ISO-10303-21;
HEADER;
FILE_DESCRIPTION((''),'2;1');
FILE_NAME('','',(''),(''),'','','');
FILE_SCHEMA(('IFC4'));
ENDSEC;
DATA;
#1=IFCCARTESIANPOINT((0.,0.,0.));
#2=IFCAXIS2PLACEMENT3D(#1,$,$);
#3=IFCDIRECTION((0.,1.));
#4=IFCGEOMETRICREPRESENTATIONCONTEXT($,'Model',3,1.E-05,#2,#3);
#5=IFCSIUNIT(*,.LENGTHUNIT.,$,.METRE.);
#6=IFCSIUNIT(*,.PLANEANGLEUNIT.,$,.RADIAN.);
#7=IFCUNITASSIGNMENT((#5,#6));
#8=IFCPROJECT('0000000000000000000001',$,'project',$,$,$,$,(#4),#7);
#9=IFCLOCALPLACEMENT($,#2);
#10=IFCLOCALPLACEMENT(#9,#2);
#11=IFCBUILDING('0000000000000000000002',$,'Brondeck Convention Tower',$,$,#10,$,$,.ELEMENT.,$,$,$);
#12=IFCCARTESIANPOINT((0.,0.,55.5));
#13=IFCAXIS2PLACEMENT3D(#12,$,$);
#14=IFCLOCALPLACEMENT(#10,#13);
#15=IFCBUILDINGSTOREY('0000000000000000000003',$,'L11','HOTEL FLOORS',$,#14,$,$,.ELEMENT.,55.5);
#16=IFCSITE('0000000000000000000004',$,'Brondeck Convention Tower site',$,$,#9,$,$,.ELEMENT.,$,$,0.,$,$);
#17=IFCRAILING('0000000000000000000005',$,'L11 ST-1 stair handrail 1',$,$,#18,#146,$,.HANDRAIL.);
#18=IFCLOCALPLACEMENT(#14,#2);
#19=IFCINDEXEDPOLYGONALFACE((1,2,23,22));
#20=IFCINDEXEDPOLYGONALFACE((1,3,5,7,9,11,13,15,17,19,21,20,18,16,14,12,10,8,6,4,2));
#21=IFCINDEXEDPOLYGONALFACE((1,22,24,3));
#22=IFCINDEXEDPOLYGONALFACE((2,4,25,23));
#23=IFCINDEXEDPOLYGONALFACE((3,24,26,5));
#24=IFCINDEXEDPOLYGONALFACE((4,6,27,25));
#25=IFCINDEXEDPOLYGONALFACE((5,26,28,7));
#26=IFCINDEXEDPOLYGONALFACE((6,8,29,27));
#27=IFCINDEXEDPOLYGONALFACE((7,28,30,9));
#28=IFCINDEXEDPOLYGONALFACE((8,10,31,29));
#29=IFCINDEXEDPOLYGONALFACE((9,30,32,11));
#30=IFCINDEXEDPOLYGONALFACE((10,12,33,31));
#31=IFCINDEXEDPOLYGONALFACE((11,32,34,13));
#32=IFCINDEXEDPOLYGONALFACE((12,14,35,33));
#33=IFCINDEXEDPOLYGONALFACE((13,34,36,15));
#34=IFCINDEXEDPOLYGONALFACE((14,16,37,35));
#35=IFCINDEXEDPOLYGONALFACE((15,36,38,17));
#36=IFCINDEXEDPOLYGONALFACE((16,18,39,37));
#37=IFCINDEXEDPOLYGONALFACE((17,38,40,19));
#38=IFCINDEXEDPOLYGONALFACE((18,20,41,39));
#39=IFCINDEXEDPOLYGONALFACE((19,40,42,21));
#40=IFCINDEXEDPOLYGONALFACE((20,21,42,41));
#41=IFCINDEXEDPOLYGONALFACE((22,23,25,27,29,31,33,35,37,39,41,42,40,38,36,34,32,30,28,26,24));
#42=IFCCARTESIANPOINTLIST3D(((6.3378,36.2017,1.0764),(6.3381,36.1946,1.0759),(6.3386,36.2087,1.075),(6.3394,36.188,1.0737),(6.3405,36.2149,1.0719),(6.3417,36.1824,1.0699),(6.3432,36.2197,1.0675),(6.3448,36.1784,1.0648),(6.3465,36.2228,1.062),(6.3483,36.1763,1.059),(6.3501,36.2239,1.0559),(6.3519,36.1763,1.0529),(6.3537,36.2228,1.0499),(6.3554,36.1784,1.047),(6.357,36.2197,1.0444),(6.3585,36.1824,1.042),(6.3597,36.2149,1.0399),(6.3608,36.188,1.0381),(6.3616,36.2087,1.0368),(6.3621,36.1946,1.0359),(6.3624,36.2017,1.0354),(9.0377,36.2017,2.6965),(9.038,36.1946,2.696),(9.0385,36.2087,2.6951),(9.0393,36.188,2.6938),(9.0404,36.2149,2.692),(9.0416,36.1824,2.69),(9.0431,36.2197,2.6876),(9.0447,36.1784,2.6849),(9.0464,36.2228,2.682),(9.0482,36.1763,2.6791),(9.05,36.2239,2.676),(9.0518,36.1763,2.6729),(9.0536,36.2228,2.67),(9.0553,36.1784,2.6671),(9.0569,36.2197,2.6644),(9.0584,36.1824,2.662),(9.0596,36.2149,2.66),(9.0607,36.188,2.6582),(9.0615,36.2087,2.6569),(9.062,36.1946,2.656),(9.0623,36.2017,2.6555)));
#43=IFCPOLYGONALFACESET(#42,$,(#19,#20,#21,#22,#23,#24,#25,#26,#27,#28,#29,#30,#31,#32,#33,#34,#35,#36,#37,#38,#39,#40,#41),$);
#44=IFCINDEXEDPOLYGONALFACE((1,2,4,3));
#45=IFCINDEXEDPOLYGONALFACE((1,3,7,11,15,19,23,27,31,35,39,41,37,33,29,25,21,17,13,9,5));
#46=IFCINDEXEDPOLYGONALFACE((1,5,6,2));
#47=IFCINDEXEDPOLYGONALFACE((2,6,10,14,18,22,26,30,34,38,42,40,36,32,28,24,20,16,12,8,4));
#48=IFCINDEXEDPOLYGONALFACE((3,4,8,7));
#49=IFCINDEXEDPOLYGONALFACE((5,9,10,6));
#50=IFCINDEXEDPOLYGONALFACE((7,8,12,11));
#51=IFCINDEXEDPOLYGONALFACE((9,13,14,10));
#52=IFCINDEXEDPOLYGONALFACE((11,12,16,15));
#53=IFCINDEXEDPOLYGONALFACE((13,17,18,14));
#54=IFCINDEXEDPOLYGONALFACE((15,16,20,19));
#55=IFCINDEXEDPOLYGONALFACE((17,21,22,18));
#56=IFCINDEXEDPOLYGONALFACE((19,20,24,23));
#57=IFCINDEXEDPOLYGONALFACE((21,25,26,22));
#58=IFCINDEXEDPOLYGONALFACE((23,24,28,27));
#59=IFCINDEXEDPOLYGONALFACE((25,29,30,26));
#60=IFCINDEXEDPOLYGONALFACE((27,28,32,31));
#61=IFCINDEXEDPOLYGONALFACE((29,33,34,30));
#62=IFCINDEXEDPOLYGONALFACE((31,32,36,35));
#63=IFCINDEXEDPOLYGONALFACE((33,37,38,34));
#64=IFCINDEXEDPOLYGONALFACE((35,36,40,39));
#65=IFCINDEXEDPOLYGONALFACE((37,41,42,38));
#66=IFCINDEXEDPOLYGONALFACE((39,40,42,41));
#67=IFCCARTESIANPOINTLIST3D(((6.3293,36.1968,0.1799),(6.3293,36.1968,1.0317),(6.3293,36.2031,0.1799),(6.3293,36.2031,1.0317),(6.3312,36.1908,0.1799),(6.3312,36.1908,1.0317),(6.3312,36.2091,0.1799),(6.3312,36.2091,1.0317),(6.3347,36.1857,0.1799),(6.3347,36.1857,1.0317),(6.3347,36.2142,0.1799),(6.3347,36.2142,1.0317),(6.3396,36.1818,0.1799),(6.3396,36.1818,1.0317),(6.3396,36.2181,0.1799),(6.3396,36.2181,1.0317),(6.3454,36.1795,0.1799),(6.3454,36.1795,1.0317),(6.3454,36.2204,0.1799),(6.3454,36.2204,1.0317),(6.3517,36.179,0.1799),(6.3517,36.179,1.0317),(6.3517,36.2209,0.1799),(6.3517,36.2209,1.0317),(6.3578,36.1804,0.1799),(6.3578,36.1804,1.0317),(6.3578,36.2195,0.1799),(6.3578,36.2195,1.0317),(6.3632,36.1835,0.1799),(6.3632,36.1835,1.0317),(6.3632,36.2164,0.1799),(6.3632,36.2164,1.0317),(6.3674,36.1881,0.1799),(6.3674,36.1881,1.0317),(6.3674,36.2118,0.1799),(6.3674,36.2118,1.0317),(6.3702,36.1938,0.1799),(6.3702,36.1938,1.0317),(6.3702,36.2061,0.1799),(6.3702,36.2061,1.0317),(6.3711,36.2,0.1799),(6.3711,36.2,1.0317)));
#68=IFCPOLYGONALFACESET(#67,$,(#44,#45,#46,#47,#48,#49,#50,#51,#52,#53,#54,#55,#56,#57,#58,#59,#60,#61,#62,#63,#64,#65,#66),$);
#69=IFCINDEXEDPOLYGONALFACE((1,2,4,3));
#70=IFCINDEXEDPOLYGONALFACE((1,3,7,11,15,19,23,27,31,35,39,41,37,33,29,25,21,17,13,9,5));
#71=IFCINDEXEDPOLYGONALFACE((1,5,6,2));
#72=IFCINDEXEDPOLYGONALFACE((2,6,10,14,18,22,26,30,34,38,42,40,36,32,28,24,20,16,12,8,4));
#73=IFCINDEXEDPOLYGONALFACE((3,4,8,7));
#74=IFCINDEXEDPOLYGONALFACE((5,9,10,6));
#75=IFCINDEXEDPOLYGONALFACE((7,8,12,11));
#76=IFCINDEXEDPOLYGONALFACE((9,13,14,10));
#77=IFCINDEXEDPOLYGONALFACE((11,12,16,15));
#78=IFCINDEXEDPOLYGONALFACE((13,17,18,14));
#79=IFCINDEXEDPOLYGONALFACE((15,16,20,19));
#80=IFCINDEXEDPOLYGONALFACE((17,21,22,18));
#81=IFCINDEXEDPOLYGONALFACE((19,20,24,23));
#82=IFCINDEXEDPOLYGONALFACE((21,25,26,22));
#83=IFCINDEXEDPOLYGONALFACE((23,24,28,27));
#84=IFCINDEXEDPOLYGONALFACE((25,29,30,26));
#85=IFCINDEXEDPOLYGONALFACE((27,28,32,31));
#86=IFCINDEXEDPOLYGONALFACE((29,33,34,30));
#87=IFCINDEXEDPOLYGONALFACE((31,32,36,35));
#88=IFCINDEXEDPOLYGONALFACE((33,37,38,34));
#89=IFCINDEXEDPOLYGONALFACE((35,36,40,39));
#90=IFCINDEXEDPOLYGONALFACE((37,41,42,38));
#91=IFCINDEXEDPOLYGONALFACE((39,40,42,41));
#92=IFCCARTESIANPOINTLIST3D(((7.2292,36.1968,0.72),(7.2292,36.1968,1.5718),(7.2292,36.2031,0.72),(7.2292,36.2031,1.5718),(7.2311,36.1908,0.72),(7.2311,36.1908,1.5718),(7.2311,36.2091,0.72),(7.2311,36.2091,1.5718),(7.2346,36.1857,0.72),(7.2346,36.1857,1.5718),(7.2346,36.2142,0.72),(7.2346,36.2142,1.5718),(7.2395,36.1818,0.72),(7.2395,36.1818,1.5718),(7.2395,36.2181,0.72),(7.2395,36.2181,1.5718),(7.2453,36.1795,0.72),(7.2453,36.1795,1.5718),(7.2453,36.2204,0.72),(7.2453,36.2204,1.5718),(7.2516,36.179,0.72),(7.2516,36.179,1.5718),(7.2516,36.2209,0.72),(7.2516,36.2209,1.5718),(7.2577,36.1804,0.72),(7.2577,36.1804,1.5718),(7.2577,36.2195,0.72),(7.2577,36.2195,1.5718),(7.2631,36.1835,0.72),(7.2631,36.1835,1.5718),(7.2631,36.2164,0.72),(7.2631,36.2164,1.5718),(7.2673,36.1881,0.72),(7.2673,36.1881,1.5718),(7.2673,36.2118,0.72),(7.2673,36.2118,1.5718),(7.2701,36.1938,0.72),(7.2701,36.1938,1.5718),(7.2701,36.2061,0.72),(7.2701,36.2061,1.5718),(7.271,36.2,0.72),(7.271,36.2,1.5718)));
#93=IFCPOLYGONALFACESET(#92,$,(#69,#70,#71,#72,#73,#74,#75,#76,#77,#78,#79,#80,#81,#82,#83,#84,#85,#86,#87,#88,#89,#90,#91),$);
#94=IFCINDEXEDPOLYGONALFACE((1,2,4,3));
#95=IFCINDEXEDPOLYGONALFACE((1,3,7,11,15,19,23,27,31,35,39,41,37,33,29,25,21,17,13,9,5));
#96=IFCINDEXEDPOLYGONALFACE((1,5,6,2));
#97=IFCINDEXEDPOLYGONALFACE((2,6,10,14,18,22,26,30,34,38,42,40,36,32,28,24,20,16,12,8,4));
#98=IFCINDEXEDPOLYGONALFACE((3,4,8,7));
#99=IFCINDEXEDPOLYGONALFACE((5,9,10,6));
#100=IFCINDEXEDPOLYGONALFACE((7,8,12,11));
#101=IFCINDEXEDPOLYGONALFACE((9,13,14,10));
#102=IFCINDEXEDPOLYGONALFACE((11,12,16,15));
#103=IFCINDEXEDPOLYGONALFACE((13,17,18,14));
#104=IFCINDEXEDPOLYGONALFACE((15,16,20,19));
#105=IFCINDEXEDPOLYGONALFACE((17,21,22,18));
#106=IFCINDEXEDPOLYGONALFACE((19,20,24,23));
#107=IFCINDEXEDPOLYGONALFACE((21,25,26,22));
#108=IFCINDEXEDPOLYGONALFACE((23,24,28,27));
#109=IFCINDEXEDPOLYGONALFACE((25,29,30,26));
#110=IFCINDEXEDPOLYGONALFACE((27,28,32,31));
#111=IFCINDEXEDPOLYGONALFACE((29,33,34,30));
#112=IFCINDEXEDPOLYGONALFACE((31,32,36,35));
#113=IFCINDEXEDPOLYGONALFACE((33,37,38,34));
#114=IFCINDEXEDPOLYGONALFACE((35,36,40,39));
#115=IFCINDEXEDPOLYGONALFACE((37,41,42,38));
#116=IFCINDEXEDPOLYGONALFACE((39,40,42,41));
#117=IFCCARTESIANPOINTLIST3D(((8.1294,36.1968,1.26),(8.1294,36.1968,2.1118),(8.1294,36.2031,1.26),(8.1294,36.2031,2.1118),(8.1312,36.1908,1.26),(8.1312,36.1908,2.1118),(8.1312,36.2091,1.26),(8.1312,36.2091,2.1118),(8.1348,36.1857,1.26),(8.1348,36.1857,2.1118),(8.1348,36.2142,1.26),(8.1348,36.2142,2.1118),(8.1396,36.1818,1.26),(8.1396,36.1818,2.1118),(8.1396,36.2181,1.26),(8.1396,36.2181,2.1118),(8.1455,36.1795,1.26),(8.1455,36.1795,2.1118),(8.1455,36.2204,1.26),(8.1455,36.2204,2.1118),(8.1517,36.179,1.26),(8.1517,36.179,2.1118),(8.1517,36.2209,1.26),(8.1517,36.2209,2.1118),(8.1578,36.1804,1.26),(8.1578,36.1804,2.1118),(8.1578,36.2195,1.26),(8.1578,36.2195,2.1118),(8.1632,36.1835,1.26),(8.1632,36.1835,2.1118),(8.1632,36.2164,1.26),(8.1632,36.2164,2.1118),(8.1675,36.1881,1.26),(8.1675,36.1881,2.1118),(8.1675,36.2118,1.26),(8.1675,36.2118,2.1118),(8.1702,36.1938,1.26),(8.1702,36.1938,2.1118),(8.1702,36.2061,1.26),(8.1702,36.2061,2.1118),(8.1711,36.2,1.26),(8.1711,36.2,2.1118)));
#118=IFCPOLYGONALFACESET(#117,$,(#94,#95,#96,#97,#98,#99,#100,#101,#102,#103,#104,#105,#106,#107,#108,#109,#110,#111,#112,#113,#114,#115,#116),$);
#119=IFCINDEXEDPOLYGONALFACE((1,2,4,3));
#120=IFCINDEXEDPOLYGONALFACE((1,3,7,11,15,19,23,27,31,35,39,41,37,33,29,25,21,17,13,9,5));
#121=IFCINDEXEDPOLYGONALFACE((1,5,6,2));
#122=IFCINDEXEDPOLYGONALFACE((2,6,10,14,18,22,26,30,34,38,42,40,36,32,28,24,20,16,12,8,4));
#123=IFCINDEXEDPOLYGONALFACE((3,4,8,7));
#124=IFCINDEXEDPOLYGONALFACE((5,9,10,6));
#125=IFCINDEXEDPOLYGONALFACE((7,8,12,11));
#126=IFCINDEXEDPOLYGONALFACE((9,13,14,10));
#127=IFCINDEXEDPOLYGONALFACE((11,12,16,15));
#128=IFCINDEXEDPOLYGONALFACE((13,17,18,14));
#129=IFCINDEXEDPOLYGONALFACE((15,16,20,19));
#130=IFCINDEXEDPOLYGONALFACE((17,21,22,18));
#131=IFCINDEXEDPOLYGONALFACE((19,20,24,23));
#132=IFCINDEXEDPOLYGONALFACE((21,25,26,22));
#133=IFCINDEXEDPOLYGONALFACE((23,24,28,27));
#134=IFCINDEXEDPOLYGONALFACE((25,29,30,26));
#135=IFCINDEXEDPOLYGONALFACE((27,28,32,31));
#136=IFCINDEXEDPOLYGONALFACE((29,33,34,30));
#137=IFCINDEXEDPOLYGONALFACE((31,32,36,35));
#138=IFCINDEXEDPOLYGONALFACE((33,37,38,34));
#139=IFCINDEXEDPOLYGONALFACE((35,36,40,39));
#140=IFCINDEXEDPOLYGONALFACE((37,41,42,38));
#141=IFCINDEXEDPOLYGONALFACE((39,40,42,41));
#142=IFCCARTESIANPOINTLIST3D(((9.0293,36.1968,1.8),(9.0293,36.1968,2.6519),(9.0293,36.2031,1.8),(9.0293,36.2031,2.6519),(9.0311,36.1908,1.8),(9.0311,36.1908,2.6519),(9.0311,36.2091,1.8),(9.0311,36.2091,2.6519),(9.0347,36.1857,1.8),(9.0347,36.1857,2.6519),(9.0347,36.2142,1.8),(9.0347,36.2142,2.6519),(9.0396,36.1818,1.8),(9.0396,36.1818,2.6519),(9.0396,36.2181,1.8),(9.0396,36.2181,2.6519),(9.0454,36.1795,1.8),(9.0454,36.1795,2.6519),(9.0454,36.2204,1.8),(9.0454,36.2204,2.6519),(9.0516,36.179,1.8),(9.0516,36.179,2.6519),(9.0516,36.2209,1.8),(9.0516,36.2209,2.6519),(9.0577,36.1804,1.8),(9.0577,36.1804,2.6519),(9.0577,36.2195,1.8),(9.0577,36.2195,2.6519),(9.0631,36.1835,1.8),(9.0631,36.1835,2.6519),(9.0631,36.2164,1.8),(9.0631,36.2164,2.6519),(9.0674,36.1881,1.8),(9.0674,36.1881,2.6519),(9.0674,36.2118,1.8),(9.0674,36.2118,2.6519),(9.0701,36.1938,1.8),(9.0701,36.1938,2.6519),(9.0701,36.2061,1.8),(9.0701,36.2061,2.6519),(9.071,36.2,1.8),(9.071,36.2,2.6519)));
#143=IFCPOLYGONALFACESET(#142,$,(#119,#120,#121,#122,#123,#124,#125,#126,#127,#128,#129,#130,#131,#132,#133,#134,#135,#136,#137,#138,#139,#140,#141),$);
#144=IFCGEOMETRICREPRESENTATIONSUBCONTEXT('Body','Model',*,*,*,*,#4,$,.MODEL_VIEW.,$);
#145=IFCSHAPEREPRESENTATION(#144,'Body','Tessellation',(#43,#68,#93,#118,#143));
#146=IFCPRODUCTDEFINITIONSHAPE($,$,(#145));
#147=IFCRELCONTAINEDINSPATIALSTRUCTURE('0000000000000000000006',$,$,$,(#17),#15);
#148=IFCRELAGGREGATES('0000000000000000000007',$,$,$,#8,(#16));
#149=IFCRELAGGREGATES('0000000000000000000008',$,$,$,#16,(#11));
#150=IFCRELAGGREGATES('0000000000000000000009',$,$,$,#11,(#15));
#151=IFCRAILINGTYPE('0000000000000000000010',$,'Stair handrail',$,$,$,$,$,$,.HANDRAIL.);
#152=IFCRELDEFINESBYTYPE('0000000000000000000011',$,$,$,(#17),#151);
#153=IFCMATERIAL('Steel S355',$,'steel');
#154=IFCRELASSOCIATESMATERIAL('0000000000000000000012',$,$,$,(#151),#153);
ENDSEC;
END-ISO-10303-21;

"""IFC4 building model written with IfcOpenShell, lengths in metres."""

from ifc_helpers import new_model, si_unit, direction, frame, origin, origin_2d, place, context, subcontext, project, spatial, circle, extrude, material, type_object, element, save


model = new_model("IFC4")

# Units and contexts
model_context = context("Model", 3, precision=1e-05, world=origin(), true_north=direction((0.0, 1.0)))
body_context = subcontext(model_context, "Body", "Model", "MODEL_VIEW")
ifc_project = project(units=[si_unit("LENGTHUNIT", "METRE"), si_unit("PLANEANGLEUNIT", "RADIAN")], contexts=[model_context])

# Site, building, storey
site_placement = place(None, origin())
site = spatial("IfcSite", under=ifc_project, at=site_placement, Name="Brondeck Convention Tower site", CompositionType="ELEMENT", RefElevation=0.0)
building_placement = place(site_placement, origin())
building = spatial("IfcBuilding", under=site, at=building_placement, Name="Brondeck Convention Tower", CompositionType="ELEMENT")
storey_placement = place(building_placement, frame((0.0, 0.0, 55.5)))
storey = spatial("IfcBuildingStorey", under=building, at=storey_placement, Name="L11", Description="HOTEL FLOORS", CompositionType="ELEMENT", Elevation=55.5)

# Railing
ifc_material_1 = material(Name="Steel S355", Category="steel")
railing_type_1 = type_object("IfcRailingType", Name="Stair handrail", PredefinedType="HANDRAIL", material=ifc_material_1)
railing_1_placement = place(storey_placement, frame((6.3501, 36.2, 0.1799)))
element("IfcRailing", 1, at=railing_1_placement, inside=storey, type_object=railing_type_1, Name="L11 ST-1 stair handrail 1", PredefinedType="HANDRAIL", context=body_context, shape_type="SweptSolid", body=[
    extrude(circle(Radius=0.0239, at=origin_2d()), frame((0.0, 0.0, 0.876), z_axis=(0.857472, 0.0, 0.51453), x_axis=(0.0, 1.0, 0.0)), (0.0, 0.0, 1.0), 3.1487),
    extrude(circle(Radius=0.021, at=origin_2d()), origin(), (0.0, 0.0, 1.0), 0.8518),
    extrude(circle(Radius=0.021, at=origin_2d()), frame((0.8999, 0.0, 0.54)), (0.0, 0.0, 1.0), 0.8518),
    extrude(circle(Radius=0.021, at=origin_2d()), frame((1.8, 0.0, 1.0801)), (0.0, 0.0, 1.0), 0.8518),
    extrude(circle(Radius=0.021, at=origin_2d()), frame((2.7, 0.0, 1.6201)), (0.0, 0.0, 1.0), 0.8518),
])

save(model, "model.ifc")
